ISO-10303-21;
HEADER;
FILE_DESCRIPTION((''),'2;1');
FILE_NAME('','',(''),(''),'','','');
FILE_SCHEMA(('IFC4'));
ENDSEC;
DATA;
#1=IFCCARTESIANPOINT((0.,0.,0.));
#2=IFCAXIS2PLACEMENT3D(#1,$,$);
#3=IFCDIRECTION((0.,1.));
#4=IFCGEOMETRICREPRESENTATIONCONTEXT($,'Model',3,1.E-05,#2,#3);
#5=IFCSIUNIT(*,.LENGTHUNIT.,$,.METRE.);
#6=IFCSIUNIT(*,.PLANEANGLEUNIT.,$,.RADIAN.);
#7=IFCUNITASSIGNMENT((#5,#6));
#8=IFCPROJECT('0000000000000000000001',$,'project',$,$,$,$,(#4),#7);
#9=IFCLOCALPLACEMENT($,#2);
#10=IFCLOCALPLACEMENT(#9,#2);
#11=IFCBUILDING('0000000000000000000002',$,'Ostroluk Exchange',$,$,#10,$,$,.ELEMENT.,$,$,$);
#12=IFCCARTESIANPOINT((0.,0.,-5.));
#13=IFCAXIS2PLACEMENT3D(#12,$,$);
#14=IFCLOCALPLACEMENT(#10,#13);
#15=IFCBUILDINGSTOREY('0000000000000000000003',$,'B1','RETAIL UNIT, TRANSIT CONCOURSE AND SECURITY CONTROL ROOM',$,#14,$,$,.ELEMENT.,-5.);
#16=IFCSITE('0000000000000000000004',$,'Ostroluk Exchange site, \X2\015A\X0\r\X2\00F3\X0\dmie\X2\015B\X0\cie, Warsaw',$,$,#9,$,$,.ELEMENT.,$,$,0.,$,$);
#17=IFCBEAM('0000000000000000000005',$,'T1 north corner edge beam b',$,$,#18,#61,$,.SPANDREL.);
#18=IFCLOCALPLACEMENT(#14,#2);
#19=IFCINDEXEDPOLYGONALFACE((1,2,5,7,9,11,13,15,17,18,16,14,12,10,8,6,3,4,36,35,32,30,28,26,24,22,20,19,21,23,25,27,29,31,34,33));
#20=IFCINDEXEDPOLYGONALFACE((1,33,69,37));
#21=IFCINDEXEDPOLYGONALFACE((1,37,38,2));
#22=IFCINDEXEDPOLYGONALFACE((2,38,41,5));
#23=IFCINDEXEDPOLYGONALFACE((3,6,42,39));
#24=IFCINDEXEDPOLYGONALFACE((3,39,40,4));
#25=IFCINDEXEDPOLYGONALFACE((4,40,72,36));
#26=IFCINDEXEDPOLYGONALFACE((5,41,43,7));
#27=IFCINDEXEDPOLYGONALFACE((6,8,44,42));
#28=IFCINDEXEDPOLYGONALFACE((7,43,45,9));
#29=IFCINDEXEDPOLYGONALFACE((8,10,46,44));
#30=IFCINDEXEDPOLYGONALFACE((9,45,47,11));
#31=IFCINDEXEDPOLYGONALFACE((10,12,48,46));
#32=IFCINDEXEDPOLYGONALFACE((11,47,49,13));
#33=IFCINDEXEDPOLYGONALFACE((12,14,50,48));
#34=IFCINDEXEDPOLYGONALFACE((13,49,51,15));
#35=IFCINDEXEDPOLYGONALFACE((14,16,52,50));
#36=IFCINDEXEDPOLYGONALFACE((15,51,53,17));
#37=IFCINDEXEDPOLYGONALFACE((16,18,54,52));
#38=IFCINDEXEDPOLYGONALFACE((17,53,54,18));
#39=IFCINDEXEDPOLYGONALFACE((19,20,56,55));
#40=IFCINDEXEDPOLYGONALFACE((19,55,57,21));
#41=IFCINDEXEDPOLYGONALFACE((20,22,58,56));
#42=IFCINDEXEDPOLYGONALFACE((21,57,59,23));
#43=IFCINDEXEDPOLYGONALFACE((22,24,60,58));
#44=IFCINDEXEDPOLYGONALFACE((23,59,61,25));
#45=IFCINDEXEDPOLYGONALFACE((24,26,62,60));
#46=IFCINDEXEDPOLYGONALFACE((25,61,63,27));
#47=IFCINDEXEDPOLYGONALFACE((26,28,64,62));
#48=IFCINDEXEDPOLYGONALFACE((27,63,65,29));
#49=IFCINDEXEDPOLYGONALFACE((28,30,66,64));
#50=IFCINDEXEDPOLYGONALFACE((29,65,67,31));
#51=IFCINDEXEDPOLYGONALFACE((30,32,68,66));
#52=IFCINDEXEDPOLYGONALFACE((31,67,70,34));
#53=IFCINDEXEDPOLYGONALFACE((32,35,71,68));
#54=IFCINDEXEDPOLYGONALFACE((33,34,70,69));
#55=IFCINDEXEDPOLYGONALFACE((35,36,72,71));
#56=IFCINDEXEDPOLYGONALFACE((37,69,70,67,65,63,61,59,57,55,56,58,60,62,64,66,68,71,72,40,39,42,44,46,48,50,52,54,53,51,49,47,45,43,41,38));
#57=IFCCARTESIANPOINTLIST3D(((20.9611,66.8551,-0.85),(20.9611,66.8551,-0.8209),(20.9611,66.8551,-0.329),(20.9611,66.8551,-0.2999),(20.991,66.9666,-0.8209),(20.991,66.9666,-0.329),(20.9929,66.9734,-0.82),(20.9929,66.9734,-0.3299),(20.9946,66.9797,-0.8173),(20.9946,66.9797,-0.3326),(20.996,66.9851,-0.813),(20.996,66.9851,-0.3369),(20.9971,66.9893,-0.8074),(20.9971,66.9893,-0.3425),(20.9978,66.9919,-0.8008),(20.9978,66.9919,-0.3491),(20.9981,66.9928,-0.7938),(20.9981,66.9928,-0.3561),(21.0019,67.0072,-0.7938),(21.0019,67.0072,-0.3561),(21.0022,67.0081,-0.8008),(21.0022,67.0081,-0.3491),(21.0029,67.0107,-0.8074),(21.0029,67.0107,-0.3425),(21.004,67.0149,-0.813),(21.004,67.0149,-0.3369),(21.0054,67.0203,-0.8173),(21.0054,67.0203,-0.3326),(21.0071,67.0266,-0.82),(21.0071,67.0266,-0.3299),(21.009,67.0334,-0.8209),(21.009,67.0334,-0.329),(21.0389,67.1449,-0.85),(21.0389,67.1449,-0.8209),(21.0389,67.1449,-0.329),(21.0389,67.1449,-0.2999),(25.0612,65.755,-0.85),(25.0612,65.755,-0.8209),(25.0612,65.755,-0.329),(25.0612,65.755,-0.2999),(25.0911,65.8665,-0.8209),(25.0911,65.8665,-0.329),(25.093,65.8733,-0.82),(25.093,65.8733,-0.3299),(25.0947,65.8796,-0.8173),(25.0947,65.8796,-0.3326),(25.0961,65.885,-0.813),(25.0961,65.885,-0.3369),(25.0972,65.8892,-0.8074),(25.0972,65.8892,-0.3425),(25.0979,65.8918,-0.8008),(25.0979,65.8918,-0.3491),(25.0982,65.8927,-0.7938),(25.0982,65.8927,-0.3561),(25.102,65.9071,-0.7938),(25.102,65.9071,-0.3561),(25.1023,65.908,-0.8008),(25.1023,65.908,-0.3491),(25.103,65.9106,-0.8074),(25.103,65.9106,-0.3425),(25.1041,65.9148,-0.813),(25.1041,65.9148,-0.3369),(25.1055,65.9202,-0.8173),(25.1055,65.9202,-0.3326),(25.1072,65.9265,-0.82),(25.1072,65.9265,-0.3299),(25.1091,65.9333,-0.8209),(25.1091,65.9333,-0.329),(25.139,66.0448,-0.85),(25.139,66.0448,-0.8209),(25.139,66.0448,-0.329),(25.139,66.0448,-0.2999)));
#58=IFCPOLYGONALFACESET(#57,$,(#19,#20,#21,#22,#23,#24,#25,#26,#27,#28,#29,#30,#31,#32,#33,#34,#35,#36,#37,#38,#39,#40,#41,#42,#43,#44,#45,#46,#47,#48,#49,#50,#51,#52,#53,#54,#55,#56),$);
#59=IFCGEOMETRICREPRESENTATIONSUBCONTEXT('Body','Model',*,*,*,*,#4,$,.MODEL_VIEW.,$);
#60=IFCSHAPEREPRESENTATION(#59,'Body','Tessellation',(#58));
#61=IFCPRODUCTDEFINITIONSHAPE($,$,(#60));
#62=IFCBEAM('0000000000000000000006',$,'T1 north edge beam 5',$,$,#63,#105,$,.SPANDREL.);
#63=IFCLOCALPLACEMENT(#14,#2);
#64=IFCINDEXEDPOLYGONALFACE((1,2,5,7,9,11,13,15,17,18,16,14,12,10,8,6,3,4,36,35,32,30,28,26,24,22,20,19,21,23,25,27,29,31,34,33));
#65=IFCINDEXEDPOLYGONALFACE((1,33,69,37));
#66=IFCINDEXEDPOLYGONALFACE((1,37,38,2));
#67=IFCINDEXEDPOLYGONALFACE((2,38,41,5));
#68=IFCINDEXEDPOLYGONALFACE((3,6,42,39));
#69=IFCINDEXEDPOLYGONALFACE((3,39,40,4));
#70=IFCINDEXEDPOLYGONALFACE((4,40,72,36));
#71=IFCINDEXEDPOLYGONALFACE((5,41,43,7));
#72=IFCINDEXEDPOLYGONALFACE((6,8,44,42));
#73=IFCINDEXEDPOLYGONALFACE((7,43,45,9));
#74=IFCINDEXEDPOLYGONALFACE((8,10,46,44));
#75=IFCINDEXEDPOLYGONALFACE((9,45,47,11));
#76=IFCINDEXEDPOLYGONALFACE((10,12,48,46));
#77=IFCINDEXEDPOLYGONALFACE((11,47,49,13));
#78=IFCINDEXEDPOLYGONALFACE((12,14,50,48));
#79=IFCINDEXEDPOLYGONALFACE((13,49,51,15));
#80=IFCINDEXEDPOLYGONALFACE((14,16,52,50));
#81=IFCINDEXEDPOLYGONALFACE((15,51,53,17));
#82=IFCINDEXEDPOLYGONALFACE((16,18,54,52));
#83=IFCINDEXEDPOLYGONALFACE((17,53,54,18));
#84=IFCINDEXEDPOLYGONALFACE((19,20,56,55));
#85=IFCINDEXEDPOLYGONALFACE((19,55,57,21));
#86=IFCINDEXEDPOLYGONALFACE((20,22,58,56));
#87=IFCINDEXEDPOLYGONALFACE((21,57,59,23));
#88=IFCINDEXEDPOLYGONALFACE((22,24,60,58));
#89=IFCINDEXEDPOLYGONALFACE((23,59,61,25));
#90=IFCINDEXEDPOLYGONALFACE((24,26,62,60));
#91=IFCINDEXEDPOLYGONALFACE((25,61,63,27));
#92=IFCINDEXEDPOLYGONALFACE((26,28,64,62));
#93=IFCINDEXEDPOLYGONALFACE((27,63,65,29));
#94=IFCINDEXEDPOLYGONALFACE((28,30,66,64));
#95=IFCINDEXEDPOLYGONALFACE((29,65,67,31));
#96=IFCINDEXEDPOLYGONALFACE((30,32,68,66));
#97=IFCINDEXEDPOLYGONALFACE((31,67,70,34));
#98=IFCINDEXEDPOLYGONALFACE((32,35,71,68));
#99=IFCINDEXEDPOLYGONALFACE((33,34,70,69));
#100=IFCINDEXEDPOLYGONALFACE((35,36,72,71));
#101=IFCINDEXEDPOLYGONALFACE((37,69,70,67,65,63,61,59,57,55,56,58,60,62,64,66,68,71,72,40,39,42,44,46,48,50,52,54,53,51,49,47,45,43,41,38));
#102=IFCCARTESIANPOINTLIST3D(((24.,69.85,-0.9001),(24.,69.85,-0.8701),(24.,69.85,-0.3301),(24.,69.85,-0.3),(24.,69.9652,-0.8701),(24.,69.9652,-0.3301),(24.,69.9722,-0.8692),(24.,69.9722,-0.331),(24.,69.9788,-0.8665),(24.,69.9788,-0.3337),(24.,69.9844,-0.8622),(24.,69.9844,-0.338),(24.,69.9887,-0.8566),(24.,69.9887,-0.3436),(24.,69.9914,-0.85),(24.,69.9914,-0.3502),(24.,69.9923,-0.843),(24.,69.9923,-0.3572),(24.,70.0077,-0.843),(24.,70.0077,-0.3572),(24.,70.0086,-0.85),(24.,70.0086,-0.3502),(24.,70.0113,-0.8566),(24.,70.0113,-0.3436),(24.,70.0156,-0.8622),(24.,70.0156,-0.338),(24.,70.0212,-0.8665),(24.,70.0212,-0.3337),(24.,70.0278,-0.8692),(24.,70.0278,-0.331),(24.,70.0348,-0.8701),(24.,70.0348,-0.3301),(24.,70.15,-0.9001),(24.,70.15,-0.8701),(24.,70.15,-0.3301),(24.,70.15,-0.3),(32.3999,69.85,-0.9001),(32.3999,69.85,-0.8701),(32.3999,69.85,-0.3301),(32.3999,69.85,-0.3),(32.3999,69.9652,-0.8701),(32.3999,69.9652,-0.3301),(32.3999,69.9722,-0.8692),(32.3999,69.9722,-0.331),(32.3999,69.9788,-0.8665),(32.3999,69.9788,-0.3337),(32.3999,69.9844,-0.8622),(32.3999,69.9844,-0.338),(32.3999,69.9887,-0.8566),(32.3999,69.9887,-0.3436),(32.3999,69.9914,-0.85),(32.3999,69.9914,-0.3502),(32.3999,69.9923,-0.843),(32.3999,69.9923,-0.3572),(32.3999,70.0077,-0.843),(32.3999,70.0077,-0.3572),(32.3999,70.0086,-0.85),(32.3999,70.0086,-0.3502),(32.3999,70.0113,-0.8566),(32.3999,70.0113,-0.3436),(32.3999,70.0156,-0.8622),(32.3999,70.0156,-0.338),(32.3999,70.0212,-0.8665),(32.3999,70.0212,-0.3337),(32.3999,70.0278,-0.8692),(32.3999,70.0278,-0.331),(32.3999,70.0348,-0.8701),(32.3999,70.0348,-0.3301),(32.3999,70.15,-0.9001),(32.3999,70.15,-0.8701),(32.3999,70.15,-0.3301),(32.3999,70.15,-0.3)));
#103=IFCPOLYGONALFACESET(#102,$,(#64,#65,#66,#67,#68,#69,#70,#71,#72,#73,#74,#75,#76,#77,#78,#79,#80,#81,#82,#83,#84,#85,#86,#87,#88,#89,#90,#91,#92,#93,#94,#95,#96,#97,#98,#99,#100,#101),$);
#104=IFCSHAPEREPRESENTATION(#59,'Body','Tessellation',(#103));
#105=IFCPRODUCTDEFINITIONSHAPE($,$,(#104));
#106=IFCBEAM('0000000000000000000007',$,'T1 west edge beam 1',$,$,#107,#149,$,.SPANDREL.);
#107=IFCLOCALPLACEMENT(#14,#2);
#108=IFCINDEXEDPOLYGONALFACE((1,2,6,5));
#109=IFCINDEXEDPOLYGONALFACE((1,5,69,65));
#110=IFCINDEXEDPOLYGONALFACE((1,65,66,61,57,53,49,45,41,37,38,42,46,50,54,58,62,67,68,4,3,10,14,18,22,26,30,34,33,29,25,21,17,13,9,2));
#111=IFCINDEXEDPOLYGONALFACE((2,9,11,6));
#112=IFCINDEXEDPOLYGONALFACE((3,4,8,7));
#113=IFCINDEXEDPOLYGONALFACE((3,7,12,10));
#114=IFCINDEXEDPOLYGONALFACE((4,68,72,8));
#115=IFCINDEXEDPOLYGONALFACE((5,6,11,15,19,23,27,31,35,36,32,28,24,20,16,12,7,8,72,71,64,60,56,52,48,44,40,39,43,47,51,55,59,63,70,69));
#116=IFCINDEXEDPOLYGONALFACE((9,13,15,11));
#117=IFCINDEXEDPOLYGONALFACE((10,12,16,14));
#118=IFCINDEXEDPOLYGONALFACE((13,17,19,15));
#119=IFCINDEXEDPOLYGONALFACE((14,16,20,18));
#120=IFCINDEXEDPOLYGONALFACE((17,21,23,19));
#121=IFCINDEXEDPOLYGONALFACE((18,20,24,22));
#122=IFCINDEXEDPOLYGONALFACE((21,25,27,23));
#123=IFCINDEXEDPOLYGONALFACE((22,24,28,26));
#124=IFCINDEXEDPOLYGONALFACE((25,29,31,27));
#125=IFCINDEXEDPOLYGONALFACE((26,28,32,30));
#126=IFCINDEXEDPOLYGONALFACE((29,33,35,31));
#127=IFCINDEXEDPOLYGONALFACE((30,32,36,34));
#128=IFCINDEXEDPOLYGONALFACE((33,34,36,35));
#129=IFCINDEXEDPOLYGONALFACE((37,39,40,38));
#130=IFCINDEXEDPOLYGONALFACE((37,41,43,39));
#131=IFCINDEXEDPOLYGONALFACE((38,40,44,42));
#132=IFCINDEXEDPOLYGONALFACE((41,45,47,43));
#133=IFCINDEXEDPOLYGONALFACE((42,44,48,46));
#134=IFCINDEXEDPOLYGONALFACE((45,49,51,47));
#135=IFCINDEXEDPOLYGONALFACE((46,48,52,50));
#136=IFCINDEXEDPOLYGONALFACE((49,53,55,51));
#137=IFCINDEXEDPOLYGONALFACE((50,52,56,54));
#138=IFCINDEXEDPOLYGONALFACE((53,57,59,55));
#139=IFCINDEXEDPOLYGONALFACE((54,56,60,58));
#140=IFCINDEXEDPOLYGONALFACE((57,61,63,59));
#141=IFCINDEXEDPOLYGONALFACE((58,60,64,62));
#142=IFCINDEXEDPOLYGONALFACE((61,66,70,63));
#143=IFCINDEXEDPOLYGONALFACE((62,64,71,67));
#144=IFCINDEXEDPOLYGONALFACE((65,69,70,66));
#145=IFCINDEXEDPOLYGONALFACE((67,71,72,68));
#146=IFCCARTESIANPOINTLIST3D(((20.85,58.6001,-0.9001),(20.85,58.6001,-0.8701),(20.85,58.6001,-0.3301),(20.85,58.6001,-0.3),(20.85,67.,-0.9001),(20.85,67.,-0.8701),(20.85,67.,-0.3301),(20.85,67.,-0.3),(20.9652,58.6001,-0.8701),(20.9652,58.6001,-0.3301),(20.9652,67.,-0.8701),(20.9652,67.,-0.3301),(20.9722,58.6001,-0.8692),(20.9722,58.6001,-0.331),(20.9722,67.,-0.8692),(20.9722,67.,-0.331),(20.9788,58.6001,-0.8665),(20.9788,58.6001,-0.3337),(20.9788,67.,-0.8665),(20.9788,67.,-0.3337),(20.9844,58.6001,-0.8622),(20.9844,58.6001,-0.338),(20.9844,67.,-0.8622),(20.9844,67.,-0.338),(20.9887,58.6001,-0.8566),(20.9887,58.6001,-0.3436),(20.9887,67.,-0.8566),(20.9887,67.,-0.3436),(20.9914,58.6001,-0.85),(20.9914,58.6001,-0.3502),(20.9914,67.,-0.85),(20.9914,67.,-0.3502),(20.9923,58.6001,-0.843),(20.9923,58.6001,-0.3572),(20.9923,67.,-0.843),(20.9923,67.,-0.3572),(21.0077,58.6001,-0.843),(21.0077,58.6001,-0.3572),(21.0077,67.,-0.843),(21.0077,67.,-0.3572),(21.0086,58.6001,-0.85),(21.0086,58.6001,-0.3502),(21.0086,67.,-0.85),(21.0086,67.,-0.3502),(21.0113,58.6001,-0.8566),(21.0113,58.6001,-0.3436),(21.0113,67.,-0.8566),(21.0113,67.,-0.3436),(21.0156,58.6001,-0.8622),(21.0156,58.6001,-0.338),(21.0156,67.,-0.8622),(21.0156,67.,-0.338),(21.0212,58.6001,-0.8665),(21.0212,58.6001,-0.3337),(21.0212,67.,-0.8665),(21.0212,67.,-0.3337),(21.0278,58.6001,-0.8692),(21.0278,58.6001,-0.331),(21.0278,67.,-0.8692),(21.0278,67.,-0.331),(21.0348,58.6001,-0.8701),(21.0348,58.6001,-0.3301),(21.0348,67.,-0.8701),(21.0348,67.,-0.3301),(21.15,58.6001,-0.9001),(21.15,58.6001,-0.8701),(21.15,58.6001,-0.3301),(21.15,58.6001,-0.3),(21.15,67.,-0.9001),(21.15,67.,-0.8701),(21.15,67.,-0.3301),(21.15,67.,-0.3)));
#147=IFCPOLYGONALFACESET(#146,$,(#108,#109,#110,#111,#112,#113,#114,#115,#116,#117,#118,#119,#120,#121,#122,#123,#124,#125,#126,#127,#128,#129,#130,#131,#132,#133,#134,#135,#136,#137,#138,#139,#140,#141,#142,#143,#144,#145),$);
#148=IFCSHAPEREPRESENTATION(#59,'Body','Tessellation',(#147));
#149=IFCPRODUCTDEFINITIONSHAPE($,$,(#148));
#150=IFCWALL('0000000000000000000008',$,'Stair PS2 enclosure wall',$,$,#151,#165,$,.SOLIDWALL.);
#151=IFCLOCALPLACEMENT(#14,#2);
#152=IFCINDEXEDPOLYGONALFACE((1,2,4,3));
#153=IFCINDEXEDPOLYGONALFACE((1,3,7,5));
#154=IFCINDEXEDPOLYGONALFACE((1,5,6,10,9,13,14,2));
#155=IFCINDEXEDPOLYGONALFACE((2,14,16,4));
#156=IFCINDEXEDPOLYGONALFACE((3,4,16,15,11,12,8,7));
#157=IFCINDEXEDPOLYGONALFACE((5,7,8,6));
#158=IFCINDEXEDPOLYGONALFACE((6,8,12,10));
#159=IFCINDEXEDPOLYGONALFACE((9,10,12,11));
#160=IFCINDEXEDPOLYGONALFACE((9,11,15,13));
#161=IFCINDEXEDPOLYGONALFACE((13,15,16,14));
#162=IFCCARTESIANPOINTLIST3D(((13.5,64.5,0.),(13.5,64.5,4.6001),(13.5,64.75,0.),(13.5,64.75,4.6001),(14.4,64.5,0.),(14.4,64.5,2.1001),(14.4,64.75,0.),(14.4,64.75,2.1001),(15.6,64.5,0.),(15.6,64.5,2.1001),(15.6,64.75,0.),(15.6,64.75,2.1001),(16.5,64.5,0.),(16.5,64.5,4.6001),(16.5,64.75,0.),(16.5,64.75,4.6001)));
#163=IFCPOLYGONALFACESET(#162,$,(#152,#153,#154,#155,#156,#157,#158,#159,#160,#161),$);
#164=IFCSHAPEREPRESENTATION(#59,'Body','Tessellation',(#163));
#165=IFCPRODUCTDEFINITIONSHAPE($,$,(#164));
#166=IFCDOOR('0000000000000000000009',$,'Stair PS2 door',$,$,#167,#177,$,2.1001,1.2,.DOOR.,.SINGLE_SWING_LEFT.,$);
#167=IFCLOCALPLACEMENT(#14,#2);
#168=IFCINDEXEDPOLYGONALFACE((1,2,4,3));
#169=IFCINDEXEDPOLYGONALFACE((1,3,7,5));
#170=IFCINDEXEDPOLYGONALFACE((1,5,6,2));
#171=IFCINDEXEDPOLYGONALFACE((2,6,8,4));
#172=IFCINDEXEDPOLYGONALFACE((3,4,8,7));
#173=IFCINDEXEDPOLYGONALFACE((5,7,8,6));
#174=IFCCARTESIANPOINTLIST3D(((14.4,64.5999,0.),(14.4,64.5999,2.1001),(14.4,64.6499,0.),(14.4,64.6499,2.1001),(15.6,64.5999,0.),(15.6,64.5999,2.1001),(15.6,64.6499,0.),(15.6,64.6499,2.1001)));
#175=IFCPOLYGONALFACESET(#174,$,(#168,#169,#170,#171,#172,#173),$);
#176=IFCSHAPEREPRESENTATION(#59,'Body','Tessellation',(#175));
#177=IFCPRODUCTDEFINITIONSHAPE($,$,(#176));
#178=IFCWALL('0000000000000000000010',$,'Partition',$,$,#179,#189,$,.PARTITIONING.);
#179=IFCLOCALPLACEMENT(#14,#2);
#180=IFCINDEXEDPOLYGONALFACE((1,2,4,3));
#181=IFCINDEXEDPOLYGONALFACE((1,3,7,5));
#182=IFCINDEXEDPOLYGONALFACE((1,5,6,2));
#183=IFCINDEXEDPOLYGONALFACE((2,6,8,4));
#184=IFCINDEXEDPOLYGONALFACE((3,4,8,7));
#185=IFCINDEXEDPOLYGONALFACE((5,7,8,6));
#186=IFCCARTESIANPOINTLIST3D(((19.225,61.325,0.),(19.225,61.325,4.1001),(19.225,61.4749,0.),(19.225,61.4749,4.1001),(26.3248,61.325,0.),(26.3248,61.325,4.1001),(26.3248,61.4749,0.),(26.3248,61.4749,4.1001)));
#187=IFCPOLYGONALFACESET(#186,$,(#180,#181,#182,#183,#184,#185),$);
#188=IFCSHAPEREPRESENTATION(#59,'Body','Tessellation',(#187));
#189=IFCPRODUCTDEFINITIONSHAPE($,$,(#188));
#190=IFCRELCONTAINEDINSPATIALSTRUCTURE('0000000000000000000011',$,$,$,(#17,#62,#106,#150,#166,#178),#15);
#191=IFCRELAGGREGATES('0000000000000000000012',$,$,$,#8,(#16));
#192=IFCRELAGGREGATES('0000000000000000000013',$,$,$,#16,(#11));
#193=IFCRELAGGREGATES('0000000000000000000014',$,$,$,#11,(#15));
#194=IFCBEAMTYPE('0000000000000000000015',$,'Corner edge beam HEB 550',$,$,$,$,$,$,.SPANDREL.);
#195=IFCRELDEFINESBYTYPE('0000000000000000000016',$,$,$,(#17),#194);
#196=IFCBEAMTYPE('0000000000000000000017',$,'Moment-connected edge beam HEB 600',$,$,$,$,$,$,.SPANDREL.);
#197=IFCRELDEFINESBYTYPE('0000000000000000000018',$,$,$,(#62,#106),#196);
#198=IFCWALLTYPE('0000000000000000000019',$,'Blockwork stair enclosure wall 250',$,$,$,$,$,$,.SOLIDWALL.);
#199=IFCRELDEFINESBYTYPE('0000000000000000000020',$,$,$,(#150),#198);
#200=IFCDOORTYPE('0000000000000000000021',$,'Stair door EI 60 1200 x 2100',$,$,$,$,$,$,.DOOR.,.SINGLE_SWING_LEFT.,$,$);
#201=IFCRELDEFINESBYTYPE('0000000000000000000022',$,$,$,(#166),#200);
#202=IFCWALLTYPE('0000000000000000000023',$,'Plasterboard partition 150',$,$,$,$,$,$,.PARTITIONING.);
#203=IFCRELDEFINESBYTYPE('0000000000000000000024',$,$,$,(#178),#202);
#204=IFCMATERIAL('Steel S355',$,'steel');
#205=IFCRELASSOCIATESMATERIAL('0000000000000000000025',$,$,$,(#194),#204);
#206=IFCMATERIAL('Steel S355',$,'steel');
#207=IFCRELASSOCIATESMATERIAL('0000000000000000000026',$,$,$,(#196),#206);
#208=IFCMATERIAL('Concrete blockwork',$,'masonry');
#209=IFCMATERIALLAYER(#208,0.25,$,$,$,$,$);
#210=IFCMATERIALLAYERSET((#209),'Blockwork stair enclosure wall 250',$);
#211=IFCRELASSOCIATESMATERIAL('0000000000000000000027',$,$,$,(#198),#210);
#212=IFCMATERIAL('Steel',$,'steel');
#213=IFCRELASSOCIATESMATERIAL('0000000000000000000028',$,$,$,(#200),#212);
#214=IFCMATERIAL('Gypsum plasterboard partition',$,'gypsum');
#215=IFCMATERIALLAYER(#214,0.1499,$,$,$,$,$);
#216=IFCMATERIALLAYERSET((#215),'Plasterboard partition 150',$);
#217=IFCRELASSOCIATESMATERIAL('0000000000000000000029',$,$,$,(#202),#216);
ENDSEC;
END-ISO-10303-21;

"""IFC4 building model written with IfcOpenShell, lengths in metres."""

from ifc_helpers import new_model, si_unit, direction, frame, frame_2d, origin, origin_2d, place, context, subcontext, project, spatial, rectangle, i_section, extrude, material, layer, layer_set, material_profile, profile_set, type_object, element, fill, save


model = new_model("IFC4")

# Units and contexts
model_context = context("Model", 3, precision=1e-05, world=origin(), true_north=direction((0.0, 1.0)))
body_context = subcontext(model_context, "Body", "Model", "MODEL_VIEW")
ifc_project = project(units=[si_unit("LENGTHUNIT", "METRE"), si_unit("PLANEANGLEUNIT", "RADIAN")], contexts=[model_context])

# Site, building, storey
site_placement = place(None, origin())
site = spatial("IfcSite", under=ifc_project, at=site_placement, Name="Ostroluk Exchange site, Śródmieście, Warsaw", CompositionType="ELEMENT", RefElevation=0.0)
building_placement = place(site_placement, origin())
building = spatial("IfcBuilding", under=site, at=building_placement, Name="Ostroluk Exchange", CompositionType="ELEMENT")
storey_placement = place(building_placement, frame((0.0, 0.0, -5.0)))
storey = spatial("IfcBuildingStorey", under=building, at=storey_placement, Name="B1", Description="RETAIL UNIT, TRANSIT CONCOURSE AND SECURITY CONTROL ROOM", CompositionType="ELEMENT", Elevation=-5.0)

# Beams
ifc_material_1 = material(Name="Steel S355", Category="steel")
ifc_material_profile_1 = material_profile(ifc_material_1, i_section(OverallWidth=0.3, OverallDepth=0.55, WebThickness=0.0149, FlangeThickness=0.0291, FilletRadius=0.0271, at=origin_2d()), Name="HEB 550")
ifc_profile_set_1 = profile_set([ifc_material_profile_1], Name="Steel S355")
beam_type_1 = type_object("IfcBeamType", Name="Corner edge beam HEB 550", PredefinedType="SPANDREL", material=ifc_profile_set_1)
for number, where, z_axis, x_axis, name in (
    (1, (25.1001, 65.8999, -0.575), (-0.965839, 0.259144, 0.0), (-0.259144, -0.965839, 0.0), "T1 north corner edge beam b"),
):
    element("IfcBeam", number, at=place(storey_placement, frame(where, z_axis=z_axis, x_axis=x_axis)), inside=storey, type_object=beam_type_1, Name=name, PredefinedType="SPANDREL", context=body_context, shape_type="SweptSolid", body=[
        extrude(i_section(OverallWidth=0.3, OverallDepth=0.55, WebThickness=0.0149, FlangeThickness=0.0291, FilletRadius=0.0271, at=origin_2d()), origin(), (0.0, 0.0, 1.0), 4.2451),
    ])
ifc_material_2 = material(Name="Steel S355", Category="steel")
ifc_material_profile_2 = material_profile(ifc_material_2, i_section(OverallWidth=0.3, OverallDepth=0.6001, WebThickness=0.0154, FlangeThickness=0.03, FilletRadius=0.0271, at=origin_2d()), Name="HEB 600")
ifc_profile_set_2 = profile_set([ifc_material_profile_2], Name="Steel S355")
beam_type_2 = type_object("IfcBeamType", Name="Moment-connected edge beam HEB 600", PredefinedType="SPANDREL", material=ifc_profile_set_2)
for number, where, z_axis, x_axis, name in (
    (2, (32.3999, 70.0, -0.6001), (-1.0, 0.0, 0.0), (0.0, -1.0, 0.0), "T1 north edge beam 5"),
    (3, (21.0, 67.0, -0.6001), (0.0, -1.0, 0.0), (1.0, 0.0, 0.0), "T1 west edge beam 1"),
):
    element("IfcBeam", number, at=place(storey_placement, frame(where, z_axis=z_axis, x_axis=x_axis)), inside=storey, type_object=beam_type_2, Name=name, PredefinedType="SPANDREL", context=body_context, shape_type="SweptSolid", body=[
        extrude(i_section(OverallWidth=0.3, OverallDepth=0.6001, WebThickness=0.0154, FlangeThickness=0.03, FilletRadius=0.0271, at=origin_2d()), origin(), (0.0, 0.0, 1.0), 8.3999),
    ])

# Wall, opening, door
ifc_material_3 = material(Name="Concrete blockwork", Category="masonry")
ifc_layer_1 = layer(ifc_material_3, 0.25)
ifc_layer_set_1 = layer_set([ifc_layer_1], Name="Blockwork stair enclosure wall 250")
wall_type_1 = type_object("IfcWallType", Name="Blockwork stair enclosure wall 250", PredefinedType="SOLIDWALL", material=ifc_layer_set_1)
wall_1_placement = place(storey_placement, frame((13.5, 64.625, 0.0), z_axis=(0.0, 0.0, 1.0), x_axis=(1.0, 0.0, 0.0)))
wall_1 = element("IfcWall", 4, at=wall_1_placement, inside=storey, type_object=wall_type_1, Name="Stair PS2 enclosure wall", PredefinedType="SOLIDWALL", context=body_context, shape_type="SweptSolid", body=[
    extrude(rectangle(XDim=3.0, YDim=0.25, at=frame_2d((1.5, 0.0))), origin(), (0.0, 0.0, 1.0), 4.6001),
])
opening_1_placement = place(wall_1_placement, frame((0.8999, 0.0, 0.0)))
opening_1 = element("IfcOpeningElement", 5, at=opening_1_placement, cuts=wall_1, PredefinedType="OPENING", context=body_context, shape_type="SweptSolid", body=[
    extrude(rectangle(XDim=1.2, YDim=2.1001, at=frame_2d((0.6001, 1.05))), frame((0.0, 0.135, 0.0), z_axis=(0.0, -1.0, 0.0), x_axis=(1.0, 0.0, 0.0)), (0.0, 0.0, 1.0), 0.27),
])
ifc_material_4 = material(Name="Steel", Category="steel")
door_type_1 = type_object("IfcDoorType", Name="Stair door EI 60 1200 x 2100", OperationType="SINGLE_SWING_LEFT", PredefinedType="DOOR", material=ifc_material_4)
door_1_placement = place(opening_1_placement, origin())
door_1 = element("IfcDoor", 6, at=door_1_placement, inside=storey, type_object=door_type_1, Name="Stair PS2 door", OperationType="SINGLE_SWING_LEFT", OverallHeight=2.1001, OverallWidth=1.2, PredefinedType="DOOR", context=body_context, shape_type="SweptSolid", body=[
    extrude(rectangle(XDim=1.2, YDim=2.1001, at=frame_2d((0.6001, 1.05))), frame((0.0, 0.0249, 0.0), z_axis=(0.0, -1.0, 0.0), x_axis=(1.0, 0.0, 0.0)), (0.0, 0.0, 1.0), 0.05),
])
fill(opening_1, door_1)

# Wall
ifc_material_5 = material(Name="Gypsum plasterboard partition", Category="gypsum")
ifc_layer_2 = layer(ifc_material_5, 0.1499)
ifc_layer_set_2 = layer_set([ifc_layer_2], Name="Plasterboard partition 150")
wall_type_2 = type_object("IfcWallType", Name="Plasterboard partition 150", PredefinedType="PARTITIONING", material=ifc_layer_set_2)
wall_2_placement = place(storey_placement, frame((19.2251, 61.3999, 0.0), z_axis=(0.0, 0.0, 1.0), x_axis=(1.0, 0.0, 0.0)))
element("IfcWall", 7, at=wall_2_placement, inside=storey, type_object=wall_type_2, Name="Partition", PredefinedType="PARTITIONING", context=body_context, shape_type="SweptSolid", body=[
    extrude(rectangle(XDim=7.0999, YDim=0.1499, at=frame_2d((3.5498, 0.0))), origin(), (0.0, 0.0, 1.0), 4.1001),
])

save(model, "model.ifc")
